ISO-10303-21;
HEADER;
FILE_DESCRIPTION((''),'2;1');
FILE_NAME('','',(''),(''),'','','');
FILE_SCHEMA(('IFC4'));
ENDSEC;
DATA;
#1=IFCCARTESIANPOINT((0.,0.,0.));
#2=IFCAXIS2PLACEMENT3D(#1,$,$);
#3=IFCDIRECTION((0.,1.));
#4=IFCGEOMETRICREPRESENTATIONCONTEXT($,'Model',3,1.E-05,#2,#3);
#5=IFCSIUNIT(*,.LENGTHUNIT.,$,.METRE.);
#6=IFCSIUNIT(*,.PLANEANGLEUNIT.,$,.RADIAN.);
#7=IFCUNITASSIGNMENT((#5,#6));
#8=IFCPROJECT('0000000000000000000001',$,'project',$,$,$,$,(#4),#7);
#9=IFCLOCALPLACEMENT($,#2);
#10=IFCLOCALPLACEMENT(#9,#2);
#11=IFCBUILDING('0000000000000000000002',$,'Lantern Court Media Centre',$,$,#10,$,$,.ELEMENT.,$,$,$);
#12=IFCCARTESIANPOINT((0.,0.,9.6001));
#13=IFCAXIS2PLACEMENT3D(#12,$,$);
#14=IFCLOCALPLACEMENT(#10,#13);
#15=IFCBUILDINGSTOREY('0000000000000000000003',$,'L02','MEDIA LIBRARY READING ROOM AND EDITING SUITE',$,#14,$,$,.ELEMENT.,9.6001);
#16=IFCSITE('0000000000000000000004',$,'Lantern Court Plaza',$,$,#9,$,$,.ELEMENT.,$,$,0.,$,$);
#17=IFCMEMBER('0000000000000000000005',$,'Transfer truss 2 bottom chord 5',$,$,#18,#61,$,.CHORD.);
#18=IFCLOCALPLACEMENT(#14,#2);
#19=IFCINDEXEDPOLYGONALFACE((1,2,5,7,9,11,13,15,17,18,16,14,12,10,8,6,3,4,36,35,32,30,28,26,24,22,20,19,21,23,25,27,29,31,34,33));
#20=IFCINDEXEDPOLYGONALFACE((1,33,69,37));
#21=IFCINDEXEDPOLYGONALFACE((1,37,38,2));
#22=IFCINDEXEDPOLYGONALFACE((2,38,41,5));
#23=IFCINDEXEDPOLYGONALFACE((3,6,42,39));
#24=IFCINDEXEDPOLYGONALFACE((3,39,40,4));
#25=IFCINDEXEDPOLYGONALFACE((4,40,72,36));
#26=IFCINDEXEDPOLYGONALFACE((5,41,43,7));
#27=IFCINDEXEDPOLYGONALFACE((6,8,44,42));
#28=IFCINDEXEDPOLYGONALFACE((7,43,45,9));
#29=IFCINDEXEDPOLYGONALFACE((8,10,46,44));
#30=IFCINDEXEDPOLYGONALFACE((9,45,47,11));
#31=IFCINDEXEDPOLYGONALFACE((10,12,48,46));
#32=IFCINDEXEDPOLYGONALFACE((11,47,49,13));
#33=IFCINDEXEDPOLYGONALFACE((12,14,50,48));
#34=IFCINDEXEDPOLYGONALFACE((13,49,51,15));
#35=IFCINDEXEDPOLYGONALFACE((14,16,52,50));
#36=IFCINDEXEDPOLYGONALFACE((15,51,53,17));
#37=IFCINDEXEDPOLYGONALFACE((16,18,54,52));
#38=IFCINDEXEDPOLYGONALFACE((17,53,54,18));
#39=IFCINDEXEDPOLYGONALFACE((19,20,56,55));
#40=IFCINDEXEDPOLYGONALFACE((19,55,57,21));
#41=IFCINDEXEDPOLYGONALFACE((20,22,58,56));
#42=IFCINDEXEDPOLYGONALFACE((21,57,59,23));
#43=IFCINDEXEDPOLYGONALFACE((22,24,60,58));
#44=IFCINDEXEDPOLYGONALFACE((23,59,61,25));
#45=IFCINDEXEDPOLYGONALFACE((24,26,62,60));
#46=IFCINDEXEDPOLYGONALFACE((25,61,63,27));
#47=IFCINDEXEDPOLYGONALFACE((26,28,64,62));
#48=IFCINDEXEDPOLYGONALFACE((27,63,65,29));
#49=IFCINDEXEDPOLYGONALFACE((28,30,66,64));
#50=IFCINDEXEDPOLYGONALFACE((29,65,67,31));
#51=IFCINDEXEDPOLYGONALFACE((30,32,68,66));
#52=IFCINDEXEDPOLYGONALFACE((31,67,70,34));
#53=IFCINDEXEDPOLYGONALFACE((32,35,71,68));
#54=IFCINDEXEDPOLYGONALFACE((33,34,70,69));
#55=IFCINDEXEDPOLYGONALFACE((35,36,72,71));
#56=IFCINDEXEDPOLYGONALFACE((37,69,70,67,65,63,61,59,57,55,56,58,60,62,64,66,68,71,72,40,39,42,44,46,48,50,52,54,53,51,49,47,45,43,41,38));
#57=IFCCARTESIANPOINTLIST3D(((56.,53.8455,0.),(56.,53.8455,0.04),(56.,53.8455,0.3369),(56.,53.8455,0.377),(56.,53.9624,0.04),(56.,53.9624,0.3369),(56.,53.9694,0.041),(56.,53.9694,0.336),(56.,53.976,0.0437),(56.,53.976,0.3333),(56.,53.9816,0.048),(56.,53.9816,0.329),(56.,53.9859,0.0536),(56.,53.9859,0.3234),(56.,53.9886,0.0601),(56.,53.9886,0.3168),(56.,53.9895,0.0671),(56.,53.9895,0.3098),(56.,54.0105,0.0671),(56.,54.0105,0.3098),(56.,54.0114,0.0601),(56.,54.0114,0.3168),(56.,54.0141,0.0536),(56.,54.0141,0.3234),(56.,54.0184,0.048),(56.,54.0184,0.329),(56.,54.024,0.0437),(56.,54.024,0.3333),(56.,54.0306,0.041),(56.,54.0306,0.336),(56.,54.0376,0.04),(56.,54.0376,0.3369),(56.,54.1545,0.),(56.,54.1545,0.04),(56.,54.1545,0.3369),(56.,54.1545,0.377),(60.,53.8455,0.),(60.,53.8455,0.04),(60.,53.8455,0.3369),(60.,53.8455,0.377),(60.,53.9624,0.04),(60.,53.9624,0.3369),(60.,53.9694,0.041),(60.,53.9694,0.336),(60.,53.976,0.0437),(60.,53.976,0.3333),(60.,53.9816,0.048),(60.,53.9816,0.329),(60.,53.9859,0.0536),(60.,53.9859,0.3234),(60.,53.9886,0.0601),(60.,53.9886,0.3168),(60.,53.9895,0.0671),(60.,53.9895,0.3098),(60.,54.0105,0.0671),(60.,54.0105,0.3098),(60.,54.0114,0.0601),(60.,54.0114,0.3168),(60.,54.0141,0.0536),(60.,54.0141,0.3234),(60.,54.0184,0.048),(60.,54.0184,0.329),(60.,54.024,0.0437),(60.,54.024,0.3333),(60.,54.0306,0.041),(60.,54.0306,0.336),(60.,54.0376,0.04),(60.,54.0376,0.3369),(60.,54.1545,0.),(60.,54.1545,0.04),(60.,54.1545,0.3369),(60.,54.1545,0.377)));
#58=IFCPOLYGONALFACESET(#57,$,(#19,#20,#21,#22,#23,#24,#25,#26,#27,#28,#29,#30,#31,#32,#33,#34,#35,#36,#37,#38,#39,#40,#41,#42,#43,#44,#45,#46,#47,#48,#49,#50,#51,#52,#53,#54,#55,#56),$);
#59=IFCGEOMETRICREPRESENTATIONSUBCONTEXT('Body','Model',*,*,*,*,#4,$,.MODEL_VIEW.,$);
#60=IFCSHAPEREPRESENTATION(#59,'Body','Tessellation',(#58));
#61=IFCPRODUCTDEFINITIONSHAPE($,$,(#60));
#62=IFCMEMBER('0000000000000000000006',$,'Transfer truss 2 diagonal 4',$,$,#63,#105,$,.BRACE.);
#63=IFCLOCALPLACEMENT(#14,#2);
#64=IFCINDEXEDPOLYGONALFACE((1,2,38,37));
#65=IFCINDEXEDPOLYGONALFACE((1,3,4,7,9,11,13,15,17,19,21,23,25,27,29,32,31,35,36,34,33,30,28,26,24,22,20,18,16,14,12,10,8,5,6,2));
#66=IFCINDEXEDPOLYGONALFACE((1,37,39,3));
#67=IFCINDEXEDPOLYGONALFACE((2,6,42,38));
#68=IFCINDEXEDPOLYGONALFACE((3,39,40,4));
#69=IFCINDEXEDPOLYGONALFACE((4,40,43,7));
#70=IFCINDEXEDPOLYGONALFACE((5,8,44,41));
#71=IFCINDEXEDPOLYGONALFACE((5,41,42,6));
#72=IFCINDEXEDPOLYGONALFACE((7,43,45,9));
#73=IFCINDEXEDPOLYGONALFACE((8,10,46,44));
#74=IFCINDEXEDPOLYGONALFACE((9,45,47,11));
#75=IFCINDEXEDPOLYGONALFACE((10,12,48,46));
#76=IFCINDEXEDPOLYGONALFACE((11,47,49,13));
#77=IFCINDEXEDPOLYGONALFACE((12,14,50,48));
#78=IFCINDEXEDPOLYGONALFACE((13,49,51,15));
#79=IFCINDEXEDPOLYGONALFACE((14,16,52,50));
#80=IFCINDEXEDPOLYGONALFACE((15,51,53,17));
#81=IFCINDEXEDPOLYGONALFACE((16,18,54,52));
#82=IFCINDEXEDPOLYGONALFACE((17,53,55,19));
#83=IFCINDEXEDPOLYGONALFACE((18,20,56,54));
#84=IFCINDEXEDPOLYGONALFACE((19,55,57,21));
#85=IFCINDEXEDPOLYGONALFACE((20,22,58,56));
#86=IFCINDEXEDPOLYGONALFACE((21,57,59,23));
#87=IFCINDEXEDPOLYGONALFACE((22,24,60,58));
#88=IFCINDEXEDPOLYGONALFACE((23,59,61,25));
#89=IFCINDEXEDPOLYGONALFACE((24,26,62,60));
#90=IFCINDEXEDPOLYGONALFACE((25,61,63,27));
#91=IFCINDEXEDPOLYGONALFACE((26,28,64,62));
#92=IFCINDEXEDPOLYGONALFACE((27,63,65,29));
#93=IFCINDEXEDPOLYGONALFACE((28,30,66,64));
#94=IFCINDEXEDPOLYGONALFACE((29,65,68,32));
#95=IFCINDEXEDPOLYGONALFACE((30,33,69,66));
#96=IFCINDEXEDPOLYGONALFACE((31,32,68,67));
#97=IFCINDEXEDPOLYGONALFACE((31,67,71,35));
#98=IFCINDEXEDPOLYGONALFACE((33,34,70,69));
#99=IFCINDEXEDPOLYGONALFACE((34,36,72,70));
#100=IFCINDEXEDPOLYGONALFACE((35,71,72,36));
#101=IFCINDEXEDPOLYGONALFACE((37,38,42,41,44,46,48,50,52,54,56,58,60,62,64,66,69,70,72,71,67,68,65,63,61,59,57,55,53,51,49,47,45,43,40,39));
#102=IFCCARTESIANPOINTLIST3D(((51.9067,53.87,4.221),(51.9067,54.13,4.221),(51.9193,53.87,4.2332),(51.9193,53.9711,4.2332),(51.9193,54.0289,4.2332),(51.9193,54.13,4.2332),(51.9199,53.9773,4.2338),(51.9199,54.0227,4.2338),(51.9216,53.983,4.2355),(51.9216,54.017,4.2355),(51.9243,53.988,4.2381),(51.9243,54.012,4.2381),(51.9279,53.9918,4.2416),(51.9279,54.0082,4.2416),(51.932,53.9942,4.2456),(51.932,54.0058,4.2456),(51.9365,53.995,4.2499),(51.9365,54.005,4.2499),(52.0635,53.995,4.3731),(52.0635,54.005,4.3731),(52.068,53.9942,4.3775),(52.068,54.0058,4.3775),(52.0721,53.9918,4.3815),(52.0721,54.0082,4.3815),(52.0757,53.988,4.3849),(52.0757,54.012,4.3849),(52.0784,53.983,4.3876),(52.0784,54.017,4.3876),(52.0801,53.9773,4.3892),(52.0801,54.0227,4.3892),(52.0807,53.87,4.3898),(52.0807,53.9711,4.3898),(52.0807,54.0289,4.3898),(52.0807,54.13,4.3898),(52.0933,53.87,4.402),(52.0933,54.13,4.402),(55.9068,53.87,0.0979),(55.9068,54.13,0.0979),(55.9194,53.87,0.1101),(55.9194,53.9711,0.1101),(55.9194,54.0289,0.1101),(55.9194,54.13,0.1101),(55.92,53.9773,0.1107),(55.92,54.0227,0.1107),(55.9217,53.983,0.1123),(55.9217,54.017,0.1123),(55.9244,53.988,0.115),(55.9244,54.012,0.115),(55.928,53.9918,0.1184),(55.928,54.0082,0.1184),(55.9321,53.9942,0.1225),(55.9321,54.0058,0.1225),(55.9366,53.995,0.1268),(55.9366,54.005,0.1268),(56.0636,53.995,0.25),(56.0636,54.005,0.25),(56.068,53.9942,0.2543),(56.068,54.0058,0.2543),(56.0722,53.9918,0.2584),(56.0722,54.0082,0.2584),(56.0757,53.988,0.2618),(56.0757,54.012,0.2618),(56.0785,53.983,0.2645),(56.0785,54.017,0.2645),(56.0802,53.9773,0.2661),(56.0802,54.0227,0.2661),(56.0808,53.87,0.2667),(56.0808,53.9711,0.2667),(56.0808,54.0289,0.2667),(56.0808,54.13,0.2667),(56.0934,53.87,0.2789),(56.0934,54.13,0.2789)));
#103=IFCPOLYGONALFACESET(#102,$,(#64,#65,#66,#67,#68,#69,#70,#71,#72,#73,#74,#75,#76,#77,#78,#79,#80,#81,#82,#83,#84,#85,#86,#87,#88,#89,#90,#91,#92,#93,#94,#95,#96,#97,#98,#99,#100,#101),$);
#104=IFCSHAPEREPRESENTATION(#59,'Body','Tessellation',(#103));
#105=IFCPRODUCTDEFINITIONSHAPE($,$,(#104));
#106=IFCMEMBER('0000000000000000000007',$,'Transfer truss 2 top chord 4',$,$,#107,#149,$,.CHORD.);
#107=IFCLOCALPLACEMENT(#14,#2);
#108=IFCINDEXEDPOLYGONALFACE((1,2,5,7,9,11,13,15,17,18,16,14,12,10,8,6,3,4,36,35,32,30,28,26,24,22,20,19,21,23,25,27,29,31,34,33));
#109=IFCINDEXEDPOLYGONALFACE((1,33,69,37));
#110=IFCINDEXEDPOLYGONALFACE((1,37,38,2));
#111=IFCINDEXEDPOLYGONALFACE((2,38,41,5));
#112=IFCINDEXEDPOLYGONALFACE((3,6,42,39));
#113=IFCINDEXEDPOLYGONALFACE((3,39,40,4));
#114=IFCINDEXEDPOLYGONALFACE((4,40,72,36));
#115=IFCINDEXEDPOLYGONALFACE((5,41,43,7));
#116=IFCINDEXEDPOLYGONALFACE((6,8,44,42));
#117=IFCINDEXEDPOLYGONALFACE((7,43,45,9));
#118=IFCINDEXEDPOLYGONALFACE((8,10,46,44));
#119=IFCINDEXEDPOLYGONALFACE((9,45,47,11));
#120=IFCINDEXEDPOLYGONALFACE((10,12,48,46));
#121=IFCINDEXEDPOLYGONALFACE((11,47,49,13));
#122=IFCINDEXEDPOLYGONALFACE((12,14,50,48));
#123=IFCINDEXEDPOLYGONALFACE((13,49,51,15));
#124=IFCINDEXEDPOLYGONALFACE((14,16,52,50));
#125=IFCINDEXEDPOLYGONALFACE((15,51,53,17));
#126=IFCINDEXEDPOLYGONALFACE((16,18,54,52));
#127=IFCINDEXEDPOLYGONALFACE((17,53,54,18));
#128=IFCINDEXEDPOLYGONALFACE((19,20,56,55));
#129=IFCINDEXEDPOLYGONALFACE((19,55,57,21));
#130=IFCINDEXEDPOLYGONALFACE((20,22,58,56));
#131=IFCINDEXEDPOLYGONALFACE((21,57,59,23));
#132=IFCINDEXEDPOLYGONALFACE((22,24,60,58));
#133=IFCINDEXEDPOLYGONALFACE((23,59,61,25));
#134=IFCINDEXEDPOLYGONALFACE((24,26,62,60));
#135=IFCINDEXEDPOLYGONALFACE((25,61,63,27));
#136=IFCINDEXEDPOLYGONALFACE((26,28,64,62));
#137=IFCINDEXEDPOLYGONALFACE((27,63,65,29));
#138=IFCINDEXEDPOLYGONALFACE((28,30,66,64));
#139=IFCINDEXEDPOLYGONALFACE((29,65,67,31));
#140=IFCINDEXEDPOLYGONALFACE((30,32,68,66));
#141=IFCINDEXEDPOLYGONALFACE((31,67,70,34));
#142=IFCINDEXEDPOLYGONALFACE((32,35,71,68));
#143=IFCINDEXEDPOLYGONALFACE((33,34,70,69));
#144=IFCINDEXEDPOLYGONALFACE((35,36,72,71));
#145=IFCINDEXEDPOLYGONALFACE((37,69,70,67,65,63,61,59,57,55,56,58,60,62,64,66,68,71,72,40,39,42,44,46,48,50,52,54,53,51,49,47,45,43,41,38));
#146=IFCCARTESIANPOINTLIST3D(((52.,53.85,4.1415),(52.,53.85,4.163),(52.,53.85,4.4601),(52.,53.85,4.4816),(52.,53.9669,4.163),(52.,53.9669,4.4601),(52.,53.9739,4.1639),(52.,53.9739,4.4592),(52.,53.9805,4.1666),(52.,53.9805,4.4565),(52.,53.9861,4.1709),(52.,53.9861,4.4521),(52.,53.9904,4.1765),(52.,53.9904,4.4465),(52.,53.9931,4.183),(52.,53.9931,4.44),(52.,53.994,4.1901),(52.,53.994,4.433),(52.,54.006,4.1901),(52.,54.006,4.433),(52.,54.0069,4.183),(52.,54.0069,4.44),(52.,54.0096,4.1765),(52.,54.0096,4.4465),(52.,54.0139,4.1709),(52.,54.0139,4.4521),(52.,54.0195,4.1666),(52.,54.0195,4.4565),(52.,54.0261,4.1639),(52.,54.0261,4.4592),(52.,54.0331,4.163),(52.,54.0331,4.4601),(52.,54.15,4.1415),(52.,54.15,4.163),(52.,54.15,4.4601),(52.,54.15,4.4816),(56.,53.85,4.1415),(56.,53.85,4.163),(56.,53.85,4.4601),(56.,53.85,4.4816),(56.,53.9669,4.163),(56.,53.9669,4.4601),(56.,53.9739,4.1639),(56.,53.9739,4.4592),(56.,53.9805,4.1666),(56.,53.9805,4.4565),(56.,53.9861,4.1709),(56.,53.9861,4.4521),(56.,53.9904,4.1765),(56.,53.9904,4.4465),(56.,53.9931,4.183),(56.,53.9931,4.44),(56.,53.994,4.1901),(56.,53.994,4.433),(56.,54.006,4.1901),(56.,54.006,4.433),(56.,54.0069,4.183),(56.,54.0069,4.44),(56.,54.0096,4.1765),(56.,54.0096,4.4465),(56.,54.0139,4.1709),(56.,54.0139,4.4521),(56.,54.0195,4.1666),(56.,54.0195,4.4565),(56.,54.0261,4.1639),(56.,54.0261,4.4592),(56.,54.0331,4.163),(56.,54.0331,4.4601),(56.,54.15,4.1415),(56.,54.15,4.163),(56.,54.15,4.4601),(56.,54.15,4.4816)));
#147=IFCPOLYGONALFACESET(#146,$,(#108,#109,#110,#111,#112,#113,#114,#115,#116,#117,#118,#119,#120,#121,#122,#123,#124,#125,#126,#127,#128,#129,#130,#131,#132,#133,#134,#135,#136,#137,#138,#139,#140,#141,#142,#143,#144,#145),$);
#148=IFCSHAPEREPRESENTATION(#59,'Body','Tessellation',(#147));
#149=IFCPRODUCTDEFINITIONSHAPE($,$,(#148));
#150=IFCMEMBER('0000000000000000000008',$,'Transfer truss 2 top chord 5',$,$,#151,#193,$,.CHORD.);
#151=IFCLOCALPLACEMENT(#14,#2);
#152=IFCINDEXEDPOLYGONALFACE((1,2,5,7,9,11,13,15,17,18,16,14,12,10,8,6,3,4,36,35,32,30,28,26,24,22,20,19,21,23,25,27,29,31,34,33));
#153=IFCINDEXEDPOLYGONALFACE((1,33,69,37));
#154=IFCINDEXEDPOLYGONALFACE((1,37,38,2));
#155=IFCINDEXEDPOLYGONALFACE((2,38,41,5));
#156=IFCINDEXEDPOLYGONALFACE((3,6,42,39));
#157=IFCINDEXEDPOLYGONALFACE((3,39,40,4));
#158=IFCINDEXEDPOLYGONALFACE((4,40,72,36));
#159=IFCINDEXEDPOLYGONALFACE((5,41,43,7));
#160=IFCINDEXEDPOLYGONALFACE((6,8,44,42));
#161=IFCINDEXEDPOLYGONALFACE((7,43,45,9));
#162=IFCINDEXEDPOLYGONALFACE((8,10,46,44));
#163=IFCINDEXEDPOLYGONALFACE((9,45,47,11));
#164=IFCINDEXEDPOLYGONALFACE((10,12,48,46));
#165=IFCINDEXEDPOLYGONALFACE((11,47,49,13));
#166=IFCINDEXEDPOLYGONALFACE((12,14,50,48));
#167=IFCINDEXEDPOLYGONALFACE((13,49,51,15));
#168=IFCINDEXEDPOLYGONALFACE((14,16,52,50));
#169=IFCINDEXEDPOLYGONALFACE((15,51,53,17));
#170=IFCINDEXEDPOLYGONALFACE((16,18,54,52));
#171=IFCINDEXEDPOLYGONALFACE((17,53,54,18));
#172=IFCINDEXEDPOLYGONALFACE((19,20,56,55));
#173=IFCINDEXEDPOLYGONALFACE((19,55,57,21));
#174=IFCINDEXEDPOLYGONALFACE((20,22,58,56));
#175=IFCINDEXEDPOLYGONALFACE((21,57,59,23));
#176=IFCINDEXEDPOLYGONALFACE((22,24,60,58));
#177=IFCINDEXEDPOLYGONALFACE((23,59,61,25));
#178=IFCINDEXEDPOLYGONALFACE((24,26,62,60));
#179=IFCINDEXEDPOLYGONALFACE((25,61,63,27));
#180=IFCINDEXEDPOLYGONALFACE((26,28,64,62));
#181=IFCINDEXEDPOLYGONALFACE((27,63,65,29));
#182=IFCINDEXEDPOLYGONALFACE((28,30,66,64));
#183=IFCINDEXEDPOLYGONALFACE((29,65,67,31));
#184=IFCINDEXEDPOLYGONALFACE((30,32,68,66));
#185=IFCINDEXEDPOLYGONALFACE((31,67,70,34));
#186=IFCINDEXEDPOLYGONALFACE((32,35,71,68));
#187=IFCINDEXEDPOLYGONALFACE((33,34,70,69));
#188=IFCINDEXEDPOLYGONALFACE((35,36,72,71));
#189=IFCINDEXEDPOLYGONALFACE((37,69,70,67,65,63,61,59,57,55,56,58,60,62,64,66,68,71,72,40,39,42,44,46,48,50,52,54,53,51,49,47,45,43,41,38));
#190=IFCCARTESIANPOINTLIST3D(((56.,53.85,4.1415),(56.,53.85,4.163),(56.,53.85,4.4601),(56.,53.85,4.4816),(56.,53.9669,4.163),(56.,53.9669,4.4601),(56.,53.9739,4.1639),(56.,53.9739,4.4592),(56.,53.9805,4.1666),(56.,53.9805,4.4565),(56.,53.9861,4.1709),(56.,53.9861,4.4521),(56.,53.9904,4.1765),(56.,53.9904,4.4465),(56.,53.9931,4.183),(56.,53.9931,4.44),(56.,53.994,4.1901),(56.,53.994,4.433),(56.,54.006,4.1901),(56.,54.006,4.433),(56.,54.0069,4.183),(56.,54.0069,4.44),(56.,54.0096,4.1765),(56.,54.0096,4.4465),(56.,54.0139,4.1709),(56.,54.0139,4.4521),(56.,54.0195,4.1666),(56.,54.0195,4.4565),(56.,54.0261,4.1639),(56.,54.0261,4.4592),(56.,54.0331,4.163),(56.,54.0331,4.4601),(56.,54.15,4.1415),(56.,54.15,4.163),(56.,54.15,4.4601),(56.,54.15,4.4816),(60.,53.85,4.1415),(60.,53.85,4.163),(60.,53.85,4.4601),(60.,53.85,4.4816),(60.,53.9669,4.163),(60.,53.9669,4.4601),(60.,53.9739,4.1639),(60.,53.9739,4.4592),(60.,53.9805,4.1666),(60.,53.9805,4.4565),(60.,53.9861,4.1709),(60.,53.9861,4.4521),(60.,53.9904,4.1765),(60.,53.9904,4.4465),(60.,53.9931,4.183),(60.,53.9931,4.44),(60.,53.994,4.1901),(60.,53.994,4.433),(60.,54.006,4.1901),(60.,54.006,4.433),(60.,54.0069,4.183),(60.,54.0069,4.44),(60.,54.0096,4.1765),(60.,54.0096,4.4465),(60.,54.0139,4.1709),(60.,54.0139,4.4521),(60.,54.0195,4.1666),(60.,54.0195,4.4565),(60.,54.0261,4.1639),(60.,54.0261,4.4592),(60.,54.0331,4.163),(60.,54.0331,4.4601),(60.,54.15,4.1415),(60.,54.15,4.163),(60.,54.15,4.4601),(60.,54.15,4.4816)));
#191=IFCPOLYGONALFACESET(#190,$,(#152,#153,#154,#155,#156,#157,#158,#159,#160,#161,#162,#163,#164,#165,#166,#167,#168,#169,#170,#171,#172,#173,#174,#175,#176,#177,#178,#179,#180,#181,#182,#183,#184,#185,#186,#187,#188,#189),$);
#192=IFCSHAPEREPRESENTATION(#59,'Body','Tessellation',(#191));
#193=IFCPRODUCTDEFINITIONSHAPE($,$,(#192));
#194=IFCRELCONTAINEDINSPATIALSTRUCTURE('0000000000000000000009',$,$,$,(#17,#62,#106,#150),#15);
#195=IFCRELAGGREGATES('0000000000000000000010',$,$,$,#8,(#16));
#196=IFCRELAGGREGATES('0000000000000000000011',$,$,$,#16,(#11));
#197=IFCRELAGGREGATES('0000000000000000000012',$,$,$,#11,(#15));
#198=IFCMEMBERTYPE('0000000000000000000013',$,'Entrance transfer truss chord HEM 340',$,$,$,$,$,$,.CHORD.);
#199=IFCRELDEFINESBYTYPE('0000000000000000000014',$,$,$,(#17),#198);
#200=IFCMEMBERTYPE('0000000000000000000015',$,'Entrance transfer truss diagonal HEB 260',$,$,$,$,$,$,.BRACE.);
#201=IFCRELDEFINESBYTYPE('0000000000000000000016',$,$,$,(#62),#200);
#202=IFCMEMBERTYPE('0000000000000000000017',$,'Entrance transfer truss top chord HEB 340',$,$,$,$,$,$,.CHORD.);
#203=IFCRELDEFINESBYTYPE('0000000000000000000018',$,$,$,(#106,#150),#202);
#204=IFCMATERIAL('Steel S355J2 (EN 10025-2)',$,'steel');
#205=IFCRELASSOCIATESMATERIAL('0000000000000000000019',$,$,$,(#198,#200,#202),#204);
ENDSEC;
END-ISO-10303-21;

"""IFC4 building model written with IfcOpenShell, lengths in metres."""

from ifc_helpers import new_model, si_unit, direction, frame, origin, origin_2d, place, context, subcontext, project, spatial, i_section, extrude, material, material_profile, profile_set, type_object, element, save


model = new_model("IFC4")

# Units and contexts
model_context = context("Model", 3, precision=1e-05, world=origin(), true_north=direction((0.0, 1.0)))
body_context = subcontext(model_context, "Body", "Model", "MODEL_VIEW")
ifc_project = project(units=[si_unit("LENGTHUNIT", "METRE"), si_unit("PLANEANGLEUNIT", "RADIAN")], contexts=[model_context])

# Site, building, storey
site_placement = place(None, origin())
site = spatial("IfcSite", under=ifc_project, at=site_placement, Name="Lantern Court Plaza", CompositionType="ELEMENT", RefElevation=0.0)
building_placement = place(site_placement, origin())
building = spatial("IfcBuilding", under=site, at=building_placement, Name="Lantern Court Media Centre", CompositionType="ELEMENT")
storey_placement = place(building_placement, frame((0.0, 0.0, 9.6001)))
storey = spatial("IfcBuildingStorey", under=building, at=storey_placement, Name="L02", Description="MEDIA LIBRARY READING ROOM AND EDITING SUITE", CompositionType="ELEMENT", Elevation=9.6001)

# Members
ifc_material_1 = material(Name="Steel S355J2 (EN 10025-2)", Category="steel")
ifc_material_profile_1 = material_profile(ifc_material_1, i_section(OverallWidth=0.3091, OverallDepth=0.377, WebThickness=0.021, FlangeThickness=0.04, FilletRadius=0.0271, at=origin_2d()), Name="HEM 340")
ifc_profile_set_1 = profile_set([ifc_material_profile_1], Name="Steel S355J2 (EN 10025-2)")
member_type_1 = type_object("IfcMemberType", Name="Entrance transfer truss chord HEM 340", PredefinedType="CHORD", material=ifc_profile_set_1)
for number, where, z_axis, x_axis, name in (
    (1, (56.0, 54.0, 0.1885), (1.0, 0.0, 0.0), (0.0, 1.0, 0.0), "Transfer truss 2 bottom chord 5"),
):
    element("IfcMember", number, at=place(storey_placement, frame(where, z_axis=z_axis, x_axis=x_axis)), inside=storey, type_object=member_type_1, Name=name, PredefinedType="CHORD", context=body_context, shape_type="SweptSolid", body=[
        extrude(i_section(OverallWidth=0.3091, OverallDepth=0.377, WebThickness=0.021, FlangeThickness=0.04, FilletRadius=0.0271, at=origin_2d()), origin(), (0.0, 0.0, 1.0), 4.0),
    ])
ifc_material_profile_2 = material_profile(ifc_material_1, i_section(OverallWidth=0.26, OverallDepth=0.26, WebThickness=0.01, FlangeThickness=0.0176, FilletRadius=0.0239, at=origin_2d()), Name="HEB 260")
ifc_profile_set_2 = profile_set([ifc_material_profile_2], Name="Steel S355J2 (EN 10025-2)")
member_type_2 = type_object("IfcMemberType", Name="Entrance transfer truss diagonal HEB 260", PredefinedType="BRACE", material=ifc_profile_set_2)
member_1_placement = place(storey_placement, frame((52.0, 54.0, 4.3115), z_axis=(0.696316, 0.0, -0.717736), x_axis=(0.0, 1.0, 0.0)))
element("IfcMember", 2, at=member_1_placement, inside=storey, type_object=member_type_2, Name="Transfer truss 2 diagonal 4", PredefinedType="BRACE", context=body_context, shape_type="SweptSolid", body=[
    extrude(i_section(OverallWidth=0.26, OverallDepth=0.26, WebThickness=0.01, FlangeThickness=0.0176, FilletRadius=0.0239, at=origin_2d()), origin(), (0.0, 0.0, 1.0), 5.7446),
])
ifc_material_profile_3 = material_profile(ifc_material_1, i_section(OverallWidth=0.3, OverallDepth=0.3401, WebThickness=0.012, FlangeThickness=0.0215, FilletRadius=0.0271, at=origin_2d()), Name="HEB 340")
ifc_profile_set_3 = profile_set([ifc_material_profile_3], Name="Steel S355J2 (EN 10025-2)")
member_type_3 = type_object("IfcMemberType", Name="Entrance transfer truss top chord HEB 340", PredefinedType="CHORD", material=ifc_profile_set_3)
for number, where, z_axis, x_axis, name in (
    (3, (52.0, 54.0, 4.3115), (1.0, 0.0, 0.0), (0.0, 1.0, 0.0), "Transfer truss 2 top chord 4"),
    (4, (56.0, 54.0, 4.3115), (1.0, 0.0, 0.0), (0.0, 1.0, 0.0), "Transfer truss 2 top chord 5"),
):
    element("IfcMember", number, at=place(storey_placement, frame(where, z_axis=z_axis, x_axis=x_axis)), inside=storey, type_object=member_type_3, Name=name, PredefinedType="CHORD", context=body_context, shape_type="SweptSolid", body=[
        extrude(i_section(OverallWidth=0.3, OverallDepth=0.3401, WebThickness=0.012, FlangeThickness=0.0215, FilletRadius=0.0271, at=origin_2d()), origin(), (0.0, 0.0, 1.0), 4.0),
    ])

save(model, "model.ifc")
